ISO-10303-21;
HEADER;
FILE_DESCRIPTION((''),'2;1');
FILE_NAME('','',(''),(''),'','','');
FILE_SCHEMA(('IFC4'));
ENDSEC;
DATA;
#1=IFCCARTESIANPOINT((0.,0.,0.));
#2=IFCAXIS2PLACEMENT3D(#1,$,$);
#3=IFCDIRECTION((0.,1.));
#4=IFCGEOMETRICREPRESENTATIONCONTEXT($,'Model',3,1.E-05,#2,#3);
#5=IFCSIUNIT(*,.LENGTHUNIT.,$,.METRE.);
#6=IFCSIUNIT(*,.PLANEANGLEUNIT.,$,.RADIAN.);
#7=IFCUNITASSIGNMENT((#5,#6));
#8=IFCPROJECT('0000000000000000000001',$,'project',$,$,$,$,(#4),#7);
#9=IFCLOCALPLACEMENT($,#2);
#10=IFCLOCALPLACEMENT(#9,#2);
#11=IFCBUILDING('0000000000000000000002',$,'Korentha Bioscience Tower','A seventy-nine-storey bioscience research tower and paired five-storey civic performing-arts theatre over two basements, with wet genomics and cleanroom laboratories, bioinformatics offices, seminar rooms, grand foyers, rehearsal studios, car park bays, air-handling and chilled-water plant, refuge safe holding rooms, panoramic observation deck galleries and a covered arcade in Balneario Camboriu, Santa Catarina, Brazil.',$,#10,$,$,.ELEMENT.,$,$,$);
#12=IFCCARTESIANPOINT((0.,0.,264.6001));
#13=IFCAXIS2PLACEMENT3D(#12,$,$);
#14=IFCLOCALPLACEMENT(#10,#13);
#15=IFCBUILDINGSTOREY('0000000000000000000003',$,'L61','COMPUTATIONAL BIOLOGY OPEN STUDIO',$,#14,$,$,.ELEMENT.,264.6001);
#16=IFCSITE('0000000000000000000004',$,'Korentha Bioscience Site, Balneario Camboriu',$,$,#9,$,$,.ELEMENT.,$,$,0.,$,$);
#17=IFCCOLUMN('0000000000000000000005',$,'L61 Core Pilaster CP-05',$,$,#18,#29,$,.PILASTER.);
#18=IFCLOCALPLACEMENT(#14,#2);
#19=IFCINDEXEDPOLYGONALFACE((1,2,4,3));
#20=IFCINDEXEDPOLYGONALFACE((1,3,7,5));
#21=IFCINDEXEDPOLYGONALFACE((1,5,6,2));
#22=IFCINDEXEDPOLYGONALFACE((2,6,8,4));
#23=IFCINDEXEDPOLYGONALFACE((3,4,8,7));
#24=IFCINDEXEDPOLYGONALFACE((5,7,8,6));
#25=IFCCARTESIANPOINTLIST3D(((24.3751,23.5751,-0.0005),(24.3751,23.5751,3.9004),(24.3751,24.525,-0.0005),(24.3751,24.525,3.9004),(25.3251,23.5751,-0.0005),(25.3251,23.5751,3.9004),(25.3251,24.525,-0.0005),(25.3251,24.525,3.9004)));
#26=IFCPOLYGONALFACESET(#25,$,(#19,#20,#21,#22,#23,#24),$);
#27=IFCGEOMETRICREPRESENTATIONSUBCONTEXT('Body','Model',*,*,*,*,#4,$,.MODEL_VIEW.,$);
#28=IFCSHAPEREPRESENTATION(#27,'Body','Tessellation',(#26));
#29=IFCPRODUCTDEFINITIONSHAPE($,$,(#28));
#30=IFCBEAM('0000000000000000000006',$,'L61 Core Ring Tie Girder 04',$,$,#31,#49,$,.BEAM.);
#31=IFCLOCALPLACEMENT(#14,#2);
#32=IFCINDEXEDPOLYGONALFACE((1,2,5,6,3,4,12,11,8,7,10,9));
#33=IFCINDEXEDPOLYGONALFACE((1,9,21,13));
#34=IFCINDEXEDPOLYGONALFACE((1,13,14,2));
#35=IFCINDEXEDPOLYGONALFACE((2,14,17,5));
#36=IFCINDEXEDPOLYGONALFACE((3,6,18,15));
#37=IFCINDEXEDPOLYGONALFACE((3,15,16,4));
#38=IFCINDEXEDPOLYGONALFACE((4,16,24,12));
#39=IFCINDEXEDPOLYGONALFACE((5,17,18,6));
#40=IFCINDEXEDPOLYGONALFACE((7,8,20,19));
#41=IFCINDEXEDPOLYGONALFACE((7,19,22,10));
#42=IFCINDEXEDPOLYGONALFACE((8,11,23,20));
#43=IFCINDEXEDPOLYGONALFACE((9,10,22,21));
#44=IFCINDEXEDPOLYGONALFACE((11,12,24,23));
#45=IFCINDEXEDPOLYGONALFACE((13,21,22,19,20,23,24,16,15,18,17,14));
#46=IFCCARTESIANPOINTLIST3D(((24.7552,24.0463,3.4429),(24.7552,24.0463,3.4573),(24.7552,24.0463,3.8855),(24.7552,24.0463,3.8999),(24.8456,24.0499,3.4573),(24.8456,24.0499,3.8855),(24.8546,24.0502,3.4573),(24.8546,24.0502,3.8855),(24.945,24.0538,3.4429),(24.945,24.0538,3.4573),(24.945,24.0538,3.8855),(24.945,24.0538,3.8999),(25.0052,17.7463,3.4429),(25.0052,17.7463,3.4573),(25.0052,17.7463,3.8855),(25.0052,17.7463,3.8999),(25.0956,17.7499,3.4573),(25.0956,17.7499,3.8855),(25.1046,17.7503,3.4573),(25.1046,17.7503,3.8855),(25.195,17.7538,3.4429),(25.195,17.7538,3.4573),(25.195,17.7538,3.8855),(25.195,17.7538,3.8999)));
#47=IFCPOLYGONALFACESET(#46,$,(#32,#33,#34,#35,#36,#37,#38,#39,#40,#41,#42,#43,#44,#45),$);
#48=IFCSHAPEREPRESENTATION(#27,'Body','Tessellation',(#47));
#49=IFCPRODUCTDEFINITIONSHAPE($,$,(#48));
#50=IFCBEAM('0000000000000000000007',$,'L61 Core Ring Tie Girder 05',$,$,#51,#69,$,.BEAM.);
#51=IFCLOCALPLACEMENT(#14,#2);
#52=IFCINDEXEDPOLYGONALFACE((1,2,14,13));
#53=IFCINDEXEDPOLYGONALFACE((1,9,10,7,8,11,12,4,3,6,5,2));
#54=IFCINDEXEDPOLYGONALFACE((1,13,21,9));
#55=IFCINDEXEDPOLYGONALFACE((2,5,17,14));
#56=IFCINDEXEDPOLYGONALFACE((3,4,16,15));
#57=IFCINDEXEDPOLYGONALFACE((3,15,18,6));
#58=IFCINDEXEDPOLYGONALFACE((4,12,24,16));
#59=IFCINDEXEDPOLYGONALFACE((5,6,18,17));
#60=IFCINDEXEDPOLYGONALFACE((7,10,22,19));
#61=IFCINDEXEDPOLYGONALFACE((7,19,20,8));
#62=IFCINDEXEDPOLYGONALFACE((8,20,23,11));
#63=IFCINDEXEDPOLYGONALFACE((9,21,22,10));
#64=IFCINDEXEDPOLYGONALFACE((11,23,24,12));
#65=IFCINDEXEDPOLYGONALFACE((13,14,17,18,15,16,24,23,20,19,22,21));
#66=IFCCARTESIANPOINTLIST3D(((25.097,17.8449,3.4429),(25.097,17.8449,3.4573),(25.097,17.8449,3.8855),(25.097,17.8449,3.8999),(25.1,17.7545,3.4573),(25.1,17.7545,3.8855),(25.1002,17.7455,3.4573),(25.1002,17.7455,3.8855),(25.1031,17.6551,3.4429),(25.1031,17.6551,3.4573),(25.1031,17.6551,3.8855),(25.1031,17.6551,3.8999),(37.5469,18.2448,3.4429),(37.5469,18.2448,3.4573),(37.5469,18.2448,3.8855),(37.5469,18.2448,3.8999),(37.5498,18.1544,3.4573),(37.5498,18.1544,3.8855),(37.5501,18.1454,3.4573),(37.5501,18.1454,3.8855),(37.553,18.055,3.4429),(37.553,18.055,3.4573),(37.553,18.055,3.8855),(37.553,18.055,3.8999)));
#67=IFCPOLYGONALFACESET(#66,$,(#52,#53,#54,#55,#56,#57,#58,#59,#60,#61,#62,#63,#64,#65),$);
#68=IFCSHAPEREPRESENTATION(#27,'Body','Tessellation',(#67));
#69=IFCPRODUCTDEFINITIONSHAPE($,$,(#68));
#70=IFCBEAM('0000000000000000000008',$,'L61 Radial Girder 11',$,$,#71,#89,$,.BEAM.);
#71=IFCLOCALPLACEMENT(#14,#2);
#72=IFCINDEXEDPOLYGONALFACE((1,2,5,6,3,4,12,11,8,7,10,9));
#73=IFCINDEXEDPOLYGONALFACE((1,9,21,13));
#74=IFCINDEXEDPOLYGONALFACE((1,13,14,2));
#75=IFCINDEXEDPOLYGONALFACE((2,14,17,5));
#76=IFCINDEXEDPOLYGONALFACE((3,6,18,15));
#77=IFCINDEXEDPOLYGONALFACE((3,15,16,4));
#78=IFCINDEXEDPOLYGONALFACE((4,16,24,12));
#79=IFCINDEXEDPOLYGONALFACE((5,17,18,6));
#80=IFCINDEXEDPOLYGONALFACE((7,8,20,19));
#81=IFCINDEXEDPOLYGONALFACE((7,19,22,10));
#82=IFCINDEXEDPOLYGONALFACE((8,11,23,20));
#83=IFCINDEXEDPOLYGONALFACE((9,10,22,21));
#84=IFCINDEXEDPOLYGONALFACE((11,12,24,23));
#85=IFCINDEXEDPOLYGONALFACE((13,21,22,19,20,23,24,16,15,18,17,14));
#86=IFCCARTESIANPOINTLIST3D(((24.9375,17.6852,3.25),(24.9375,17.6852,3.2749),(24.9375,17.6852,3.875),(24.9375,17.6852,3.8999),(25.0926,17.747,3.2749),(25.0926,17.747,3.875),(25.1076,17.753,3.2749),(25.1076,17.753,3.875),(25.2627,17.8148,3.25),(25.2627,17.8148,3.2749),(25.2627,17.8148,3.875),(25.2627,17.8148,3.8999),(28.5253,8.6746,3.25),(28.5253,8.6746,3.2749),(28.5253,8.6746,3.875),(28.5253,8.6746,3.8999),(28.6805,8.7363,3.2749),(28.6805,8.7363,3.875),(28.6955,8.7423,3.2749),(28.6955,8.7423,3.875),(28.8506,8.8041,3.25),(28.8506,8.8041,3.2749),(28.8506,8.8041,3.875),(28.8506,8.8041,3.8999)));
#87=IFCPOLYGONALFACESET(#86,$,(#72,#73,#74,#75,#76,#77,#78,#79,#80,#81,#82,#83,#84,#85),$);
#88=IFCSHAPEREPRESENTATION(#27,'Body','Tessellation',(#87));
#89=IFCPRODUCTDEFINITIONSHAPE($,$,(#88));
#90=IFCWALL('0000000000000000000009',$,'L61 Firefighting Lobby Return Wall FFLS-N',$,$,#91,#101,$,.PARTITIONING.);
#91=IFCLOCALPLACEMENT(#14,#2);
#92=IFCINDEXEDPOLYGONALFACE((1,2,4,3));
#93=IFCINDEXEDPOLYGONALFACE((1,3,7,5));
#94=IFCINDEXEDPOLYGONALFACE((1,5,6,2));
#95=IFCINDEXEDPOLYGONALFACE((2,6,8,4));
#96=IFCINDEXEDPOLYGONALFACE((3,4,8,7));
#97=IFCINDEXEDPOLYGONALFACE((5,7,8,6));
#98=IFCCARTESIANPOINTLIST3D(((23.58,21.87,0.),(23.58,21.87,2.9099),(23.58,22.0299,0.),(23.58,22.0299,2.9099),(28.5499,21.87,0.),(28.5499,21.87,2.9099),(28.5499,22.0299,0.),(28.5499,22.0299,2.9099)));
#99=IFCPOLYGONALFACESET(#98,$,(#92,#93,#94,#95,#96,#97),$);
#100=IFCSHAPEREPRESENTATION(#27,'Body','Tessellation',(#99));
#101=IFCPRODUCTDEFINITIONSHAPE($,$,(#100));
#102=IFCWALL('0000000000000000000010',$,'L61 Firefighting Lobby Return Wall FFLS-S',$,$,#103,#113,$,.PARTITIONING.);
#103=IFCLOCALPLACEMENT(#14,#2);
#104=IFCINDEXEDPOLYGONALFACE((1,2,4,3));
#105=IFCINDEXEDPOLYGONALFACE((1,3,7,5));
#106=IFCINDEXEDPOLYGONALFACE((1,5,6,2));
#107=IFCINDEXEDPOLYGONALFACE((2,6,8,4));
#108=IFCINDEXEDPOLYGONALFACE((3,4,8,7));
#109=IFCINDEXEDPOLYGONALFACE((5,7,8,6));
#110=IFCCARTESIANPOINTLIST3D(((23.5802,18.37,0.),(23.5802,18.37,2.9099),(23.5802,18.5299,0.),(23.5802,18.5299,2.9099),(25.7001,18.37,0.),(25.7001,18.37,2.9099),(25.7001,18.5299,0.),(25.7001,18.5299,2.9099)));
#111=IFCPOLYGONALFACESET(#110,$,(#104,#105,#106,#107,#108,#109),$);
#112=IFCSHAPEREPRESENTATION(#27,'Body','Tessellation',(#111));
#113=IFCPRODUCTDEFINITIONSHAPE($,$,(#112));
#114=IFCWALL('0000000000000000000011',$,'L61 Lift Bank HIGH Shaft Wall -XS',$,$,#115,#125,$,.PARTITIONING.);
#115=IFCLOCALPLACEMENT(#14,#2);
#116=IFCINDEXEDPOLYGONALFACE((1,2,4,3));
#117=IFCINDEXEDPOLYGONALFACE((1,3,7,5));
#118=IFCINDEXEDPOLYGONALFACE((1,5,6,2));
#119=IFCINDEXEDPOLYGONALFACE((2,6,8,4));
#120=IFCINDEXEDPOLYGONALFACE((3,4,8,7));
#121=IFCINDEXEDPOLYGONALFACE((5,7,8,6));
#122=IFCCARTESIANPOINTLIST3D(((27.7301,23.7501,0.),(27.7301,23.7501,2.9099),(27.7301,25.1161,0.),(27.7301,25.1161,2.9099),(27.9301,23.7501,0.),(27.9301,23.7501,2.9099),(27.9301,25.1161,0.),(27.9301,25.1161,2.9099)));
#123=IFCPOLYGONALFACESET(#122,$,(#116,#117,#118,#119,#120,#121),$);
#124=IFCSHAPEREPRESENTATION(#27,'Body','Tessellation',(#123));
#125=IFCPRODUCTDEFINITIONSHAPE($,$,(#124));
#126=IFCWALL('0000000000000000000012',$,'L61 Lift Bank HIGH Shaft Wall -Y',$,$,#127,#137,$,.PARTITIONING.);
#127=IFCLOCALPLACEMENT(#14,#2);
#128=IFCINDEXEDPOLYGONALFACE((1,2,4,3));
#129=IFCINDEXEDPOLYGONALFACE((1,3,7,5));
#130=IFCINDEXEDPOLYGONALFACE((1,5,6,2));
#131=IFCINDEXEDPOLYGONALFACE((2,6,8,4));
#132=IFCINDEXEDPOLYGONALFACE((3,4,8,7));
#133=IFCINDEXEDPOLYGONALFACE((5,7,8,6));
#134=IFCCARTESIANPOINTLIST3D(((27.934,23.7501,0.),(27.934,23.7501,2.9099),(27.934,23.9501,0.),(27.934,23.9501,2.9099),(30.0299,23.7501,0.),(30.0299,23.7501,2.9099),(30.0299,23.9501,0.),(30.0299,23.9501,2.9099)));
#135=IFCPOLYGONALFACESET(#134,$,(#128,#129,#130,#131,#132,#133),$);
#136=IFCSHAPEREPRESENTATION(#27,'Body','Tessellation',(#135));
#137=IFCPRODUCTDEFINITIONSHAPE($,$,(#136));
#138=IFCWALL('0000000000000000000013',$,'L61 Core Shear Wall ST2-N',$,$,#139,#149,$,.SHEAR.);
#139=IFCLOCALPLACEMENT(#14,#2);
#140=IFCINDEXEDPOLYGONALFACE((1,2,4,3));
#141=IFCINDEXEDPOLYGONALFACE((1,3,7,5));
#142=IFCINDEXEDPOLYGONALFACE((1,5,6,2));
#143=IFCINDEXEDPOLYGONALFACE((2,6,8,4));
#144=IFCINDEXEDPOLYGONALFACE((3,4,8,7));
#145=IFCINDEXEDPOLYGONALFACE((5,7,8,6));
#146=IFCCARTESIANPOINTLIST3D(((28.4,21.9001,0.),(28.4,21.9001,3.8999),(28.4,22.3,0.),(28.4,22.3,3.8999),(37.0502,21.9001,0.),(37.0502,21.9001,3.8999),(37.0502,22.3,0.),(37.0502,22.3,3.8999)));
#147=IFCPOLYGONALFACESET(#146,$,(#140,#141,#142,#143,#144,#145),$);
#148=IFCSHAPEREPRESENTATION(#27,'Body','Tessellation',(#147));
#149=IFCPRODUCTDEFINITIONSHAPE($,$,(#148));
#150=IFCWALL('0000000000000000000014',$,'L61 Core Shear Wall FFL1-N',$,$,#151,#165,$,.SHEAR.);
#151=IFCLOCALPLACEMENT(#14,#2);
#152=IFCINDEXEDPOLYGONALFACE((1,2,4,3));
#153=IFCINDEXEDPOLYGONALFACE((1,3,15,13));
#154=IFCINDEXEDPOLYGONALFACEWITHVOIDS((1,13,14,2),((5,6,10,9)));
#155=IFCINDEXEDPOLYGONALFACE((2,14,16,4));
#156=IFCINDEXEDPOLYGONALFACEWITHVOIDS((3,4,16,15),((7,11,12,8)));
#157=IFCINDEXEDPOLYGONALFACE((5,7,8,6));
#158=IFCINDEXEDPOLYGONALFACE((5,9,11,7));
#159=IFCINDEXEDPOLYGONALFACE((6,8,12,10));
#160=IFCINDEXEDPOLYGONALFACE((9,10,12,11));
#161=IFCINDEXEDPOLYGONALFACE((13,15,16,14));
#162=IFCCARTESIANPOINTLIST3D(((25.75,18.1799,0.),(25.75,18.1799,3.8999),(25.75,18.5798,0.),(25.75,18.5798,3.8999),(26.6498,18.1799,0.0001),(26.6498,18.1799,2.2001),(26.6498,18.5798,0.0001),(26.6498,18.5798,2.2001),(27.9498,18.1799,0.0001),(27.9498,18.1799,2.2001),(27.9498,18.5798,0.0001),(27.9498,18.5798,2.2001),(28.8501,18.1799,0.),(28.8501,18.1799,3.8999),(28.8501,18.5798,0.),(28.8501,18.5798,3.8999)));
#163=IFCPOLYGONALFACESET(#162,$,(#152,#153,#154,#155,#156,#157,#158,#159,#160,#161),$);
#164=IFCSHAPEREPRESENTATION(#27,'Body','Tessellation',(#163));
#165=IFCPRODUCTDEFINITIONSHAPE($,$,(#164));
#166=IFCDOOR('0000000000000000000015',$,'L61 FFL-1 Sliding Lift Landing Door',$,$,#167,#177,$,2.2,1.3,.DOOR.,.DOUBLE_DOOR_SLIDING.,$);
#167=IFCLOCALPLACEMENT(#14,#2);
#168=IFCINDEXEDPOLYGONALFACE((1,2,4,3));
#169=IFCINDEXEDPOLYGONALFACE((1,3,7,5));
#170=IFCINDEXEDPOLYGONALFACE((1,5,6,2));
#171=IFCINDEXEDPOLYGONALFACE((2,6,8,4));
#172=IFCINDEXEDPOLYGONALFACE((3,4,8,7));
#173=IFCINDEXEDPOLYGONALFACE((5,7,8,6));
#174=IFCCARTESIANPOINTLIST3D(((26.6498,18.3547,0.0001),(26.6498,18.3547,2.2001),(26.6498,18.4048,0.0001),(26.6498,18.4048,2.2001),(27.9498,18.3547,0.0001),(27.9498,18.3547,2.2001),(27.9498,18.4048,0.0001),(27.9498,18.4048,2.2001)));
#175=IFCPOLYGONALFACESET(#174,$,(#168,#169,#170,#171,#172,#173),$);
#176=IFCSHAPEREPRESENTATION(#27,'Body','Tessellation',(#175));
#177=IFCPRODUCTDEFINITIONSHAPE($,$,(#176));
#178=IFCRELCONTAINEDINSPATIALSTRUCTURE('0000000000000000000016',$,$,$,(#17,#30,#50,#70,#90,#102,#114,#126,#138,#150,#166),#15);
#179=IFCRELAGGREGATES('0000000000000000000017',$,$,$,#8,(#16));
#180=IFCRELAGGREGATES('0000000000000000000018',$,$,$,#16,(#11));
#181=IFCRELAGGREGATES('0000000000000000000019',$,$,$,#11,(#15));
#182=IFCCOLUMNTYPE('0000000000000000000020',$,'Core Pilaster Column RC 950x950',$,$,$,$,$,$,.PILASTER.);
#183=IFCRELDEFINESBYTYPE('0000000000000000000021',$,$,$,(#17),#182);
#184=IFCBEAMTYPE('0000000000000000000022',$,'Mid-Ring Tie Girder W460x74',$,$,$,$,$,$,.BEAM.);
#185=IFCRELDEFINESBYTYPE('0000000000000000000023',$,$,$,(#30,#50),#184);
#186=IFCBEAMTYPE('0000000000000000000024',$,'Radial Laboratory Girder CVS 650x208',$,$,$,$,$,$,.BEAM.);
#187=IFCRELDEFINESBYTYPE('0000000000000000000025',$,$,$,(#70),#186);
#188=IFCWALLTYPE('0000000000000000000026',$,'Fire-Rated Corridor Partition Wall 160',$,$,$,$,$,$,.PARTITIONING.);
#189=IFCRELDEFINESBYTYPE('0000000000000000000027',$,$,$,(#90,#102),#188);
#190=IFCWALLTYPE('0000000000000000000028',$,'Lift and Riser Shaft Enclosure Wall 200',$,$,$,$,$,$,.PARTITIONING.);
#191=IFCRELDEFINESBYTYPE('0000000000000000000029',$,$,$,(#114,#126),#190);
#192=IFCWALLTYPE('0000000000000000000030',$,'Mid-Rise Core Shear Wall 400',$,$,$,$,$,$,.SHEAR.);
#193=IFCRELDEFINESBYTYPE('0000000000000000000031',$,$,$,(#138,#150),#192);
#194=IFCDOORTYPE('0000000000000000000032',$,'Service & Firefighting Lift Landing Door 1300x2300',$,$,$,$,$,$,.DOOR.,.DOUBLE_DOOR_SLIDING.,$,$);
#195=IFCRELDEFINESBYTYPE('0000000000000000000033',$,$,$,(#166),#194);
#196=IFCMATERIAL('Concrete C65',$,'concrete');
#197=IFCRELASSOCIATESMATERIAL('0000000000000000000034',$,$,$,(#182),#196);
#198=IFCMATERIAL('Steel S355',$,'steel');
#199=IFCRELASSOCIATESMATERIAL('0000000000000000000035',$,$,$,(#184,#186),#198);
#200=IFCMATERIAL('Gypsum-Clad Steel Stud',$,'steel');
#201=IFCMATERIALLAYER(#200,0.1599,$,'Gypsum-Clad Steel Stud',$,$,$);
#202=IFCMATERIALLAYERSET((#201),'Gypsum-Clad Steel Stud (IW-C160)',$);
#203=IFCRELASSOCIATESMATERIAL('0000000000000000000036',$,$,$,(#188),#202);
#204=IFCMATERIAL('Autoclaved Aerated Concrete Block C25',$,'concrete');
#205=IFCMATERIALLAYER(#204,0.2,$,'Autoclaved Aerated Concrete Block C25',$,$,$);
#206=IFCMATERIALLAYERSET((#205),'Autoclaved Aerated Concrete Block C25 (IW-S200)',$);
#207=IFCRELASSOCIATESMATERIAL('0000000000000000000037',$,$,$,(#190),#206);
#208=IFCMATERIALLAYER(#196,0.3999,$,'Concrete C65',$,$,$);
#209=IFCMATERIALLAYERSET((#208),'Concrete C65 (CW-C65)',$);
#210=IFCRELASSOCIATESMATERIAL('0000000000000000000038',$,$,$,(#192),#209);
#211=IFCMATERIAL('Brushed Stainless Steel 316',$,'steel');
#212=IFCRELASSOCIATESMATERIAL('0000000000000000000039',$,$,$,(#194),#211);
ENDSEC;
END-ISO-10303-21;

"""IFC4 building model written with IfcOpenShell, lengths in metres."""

from ifc_helpers import new_model, si_unit, direction, frame, frame_2d, origin, origin_2d, place, context, subcontext, project, spatial, rectangle, i_section, extrude, material, layer, layer_set, material_profile, profile_set, type_object, element, fill, save


model = new_model("IFC4")

# Units and contexts
model_context = context("Model", 3, precision=1e-05, world=origin(), true_north=direction((0.0, 1.0)))
body_context = subcontext(model_context, "Body", "Model", "MODEL_VIEW")
ifc_project = project(units=[si_unit("LENGTHUNIT", "METRE"), si_unit("PLANEANGLEUNIT", "RADIAN")], contexts=[model_context])

# Site, building, storey
site_placement = place(None, origin())
site = spatial("IfcSite", under=ifc_project, at=site_placement, Name="Korentha Bioscience Site, Balneario Camboriu", CompositionType="ELEMENT", RefElevation=0.0)
building_placement = place(site_placement, origin())
building = spatial("IfcBuilding", under=site, at=building_placement, Name="Korentha Bioscience Tower", Description="A seventy-nine-storey bioscience research tower and paired five-storey civic performing-arts theatre over two basements, with wet genomics and cleanroom laboratories, bioinformatics offices, seminar rooms, grand foyers, rehearsal studios, car park bays, air-handling and chilled-water plant, refuge safe holding rooms, panoramic observation deck galleries and a covered arcade in Balneario Camboriu, Santa Catarina, Brazil.", CompositionType="ELEMENT")
storey_placement = place(building_placement, frame((0.0, 0.0, 264.6001)))
storey = spatial("IfcBuildingStorey", under=building, at=storey_placement, Name="L61", Description="COMPUTATIONAL BIOLOGY OPEN STUDIO", CompositionType="ELEMENT", Elevation=264.6001)

# Column
ifc_material_1 = material(Name="Concrete C65", Category="concrete")
ifc_material_profile_1 = material_profile(ifc_material_1, rectangle(XDim=0.95, YDim=0.95, at=origin_2d()), Name="Concrete C65")
ifc_profile_set_1 = profile_set([ifc_material_profile_1], Name="Concrete C65 (COL-CP09)")
column_type = type_object("IfcColumnType", Name="Core Pilaster Column RC 950x950", PredefinedType="PILASTER", material=ifc_profile_set_1)
column_placement = place(storey_placement, frame((24.8501, 24.05, -0.0005), z_axis=(0.0, 0.0, 1.0), x_axis=(1.0, 0.0, 0.0)))
element("IfcColumn", 1, at=column_placement, inside=storey, type_object=column_type, Name="L61 Core Pilaster CP-05", PredefinedType="PILASTER", context=body_context, shape_type="SweptSolid", body=[
    extrude(rectangle(XDim=0.95, YDim=0.95, at=origin_2d()), origin(), (0.0, 0.0, 1.0), 3.9009),
])

# Beams
ifc_material_2 = material(Name="Steel S355", Category="steel")
ifc_material_profile_2 = material_profile(ifc_material_2, i_section(OverallWidth=0.1899, OverallDepth=0.457, WebThickness=0.009, FlangeThickness=0.0144, at=origin_2d()), Name="Steel S355")
ifc_profile_set_2 = profile_set([ifc_material_profile_2], Name="Steel S355 (MB-460)")
beam_type_1 = type_object("IfcBeamType", Name="Mid-Ring Tie Girder W460x74", PredefinedType="BEAM", material=ifc_profile_set_2)
beam_1_placement = place(storey_placement, frame((24.8501, 24.05, 3.6714), z_axis=(0.039651, -0.999214, 0.0), x_axis=(0.999214, 0.039651, 0.0)))
element("IfcBeam", 2, at=beam_1_placement, inside=storey, type_object=beam_type_1, Name="L61 Core Ring Tie Girder 04", PredefinedType="BEAM", context=body_context, shape_type="SweptSolid", body=[
    extrude(i_section(OverallWidth=0.1899, OverallDepth=0.457, WebThickness=0.009, FlangeThickness=0.0144, at=origin_2d()), origin(), (0.0, 0.0, 1.0), 6.3049),
])
beam_2_placement = place(storey_placement, frame((25.1001, 17.75, 3.6714), z_axis=(0.999485, 0.032104, 0.0), x_axis=(-0.032104, 0.999485, 0.0)))
element("IfcBeam", 3, at=beam_2_placement, inside=storey, type_object=beam_type_1, Name="L61 Core Ring Tie Girder 05", PredefinedType="BEAM", context=body_context, shape_type="SweptSolid", body=[
    extrude(i_section(OverallWidth=0.1899, OverallDepth=0.457, WebThickness=0.009, FlangeThickness=0.0144, at=origin_2d()), origin(), (0.0, 0.0, 1.0), 12.4563),
])
ifc_material_profile_3 = material_profile(ifc_material_2, i_section(OverallWidth=0.3501, OverallDepth=0.6499, WebThickness=0.0161, FlangeThickness=0.0249, at=origin_2d()), Name="Steel S355")
ifc_profile_set_3 = profile_set([ifc_material_profile_3], Name="Steel S355 (RB-650)")
beam_type_2 = type_object("IfcBeamType", Name="Radial Laboratory Girder CVS 650x208", PredefinedType="BEAM", material=ifc_profile_set_3)
beam_3_placement = place(storey_placement, frame((25.1001, 17.75, 3.575), z_axis=(0.369932, -0.929059, 0.0), x_axis=(0.929059, 0.369932, 0.0)))
element("IfcBeam", 4, at=beam_3_placement, inside=storey, type_object=beam_type_2, Name="L61 Radial Girder 11", PredefinedType="BEAM", context=body_context, shape_type="SweptSolid", body=[
    extrude(i_section(OverallWidth=0.3501, OverallDepth=0.6499, WebThickness=0.0161, FlangeThickness=0.0249, at=origin_2d()), origin(), (0.0, 0.0, 1.0), 9.6987),
])

# Walls
ifc_material_3 = material(Name="Gypsum-Clad Steel Stud", Category="steel")
ifc_layer_1 = layer(ifc_material_3, 0.1599, Name="Gypsum-Clad Steel Stud")
ifc_layer_set_1 = layer_set([ifc_layer_1], Name="Gypsum-Clad Steel Stud (IW-C160)")
wall_type_1 = type_object("IfcWallType", Name="Fire-Rated Corridor Partition Wall 160", PredefinedType="PARTITIONING", material=ifc_layer_set_1)
wall_1_placement = place(storey_placement, frame((23.5801, 21.95, 0.0), z_axis=(0.0, 0.0, 1.0), x_axis=(1.0, 0.0, 0.0)))
element("IfcWall", 5, at=wall_1_placement, inside=storey, type_object=wall_type_1, Name="L61 Firefighting Lobby Return Wall FFLS-N", PredefinedType="PARTITIONING", context=body_context, shape_type="SweptSolid", body=[
    extrude(rectangle(XDim=4.97, YDim=0.1599, at=frame_2d((2.4849, 0.0))), origin(), (0.0, 0.0, 1.0), 2.9099),
])
wall_2_placement = place(storey_placement, frame((23.5801, 18.45, 0.0), z_axis=(0.0, 0.0, 1.0), x_axis=(1.0, 0.0, 0.0)))
element("IfcWall", 6, at=wall_2_placement, inside=storey, type_object=wall_type_1, Name="L61 Firefighting Lobby Return Wall FFLS-S", PredefinedType="PARTITIONING", context=body_context, shape_type="SweptSolid", body=[
    extrude(rectangle(XDim=2.1199, YDim=0.1599, at=frame_2d((1.0601, 0.0))), origin(), (0.0, 0.0, 1.0), 2.9099),
])
ifc_material_4 = material(Name="Autoclaved Aerated Concrete Block C25", Category="concrete")
ifc_layer_2 = layer(ifc_material_4, 0.2, Name="Autoclaved Aerated Concrete Block C25")
ifc_layer_set_2 = layer_set([ifc_layer_2], Name="Autoclaved Aerated Concrete Block C25 (IW-S200)")
wall_type_2 = type_object("IfcWallType", Name="Lift and Riser Shaft Enclosure Wall 200", PredefinedType="PARTITIONING", material=ifc_layer_set_2)
wall_3_placement = place(storey_placement, frame((27.8301, 23.75, 0.0), z_axis=(0.0, 0.0, 1.0), x_axis=(0.0, 1.0, 0.0)))
element("IfcWall", 7, at=wall_3_placement, inside=storey, type_object=wall_type_2, Name="L61 Lift Bank HIGH Shaft Wall -XS", PredefinedType="PARTITIONING", context=body_context, shape_type="SweptSolid", body=[
    extrude(rectangle(XDim=1.366, YDim=0.2, at=frame_2d((0.6831, 0.0))), origin(), (0.0, 0.0, 1.0), 2.9099),
])
wall_4_placement = place(storey_placement, frame((27.9341, 23.8501, 0.0), z_axis=(0.0, 0.0, 1.0), x_axis=(1.0, 0.0, 0.0)))
element("IfcWall", 8, at=wall_4_placement, inside=storey, type_object=wall_type_2, Name="L61 Lift Bank HIGH Shaft Wall -Y", PredefinedType="PARTITIONING", context=body_context, shape_type="SweptSolid", body=[
    extrude(rectangle(XDim=2.0959, YDim=0.2, at=frame_2d((1.0479, 0.0))), origin(), (0.0, 0.0, 1.0), 2.9099),
])
ifc_layer_3 = layer(ifc_material_1, 0.3999, Name="Concrete C65")
ifc_layer_set_3 = layer_set([ifc_layer_3], Name="Concrete C65 (CW-C65)")
wall_type_3 = type_object("IfcWallType", Name="Mid-Rise Core Shear Wall 400", PredefinedType="SHEAR", material=ifc_layer_set_3)
wall_5_placement = place(storey_placement, frame((28.3999, 22.1001, 0.0), z_axis=(0.0, 0.0, 1.0), x_axis=(1.0, 0.0, 0.0)))
element("IfcWall", 9, at=wall_5_placement, inside=storey, type_object=wall_type_3, Name="L61 Core Shear Wall ST2-N", PredefinedType="SHEAR", context=body_context, shape_type="SweptSolid", body=[
    extrude(rectangle(XDim=8.6501, YDim=0.3999, at=frame_2d((4.3252, 0.0))), origin(), (0.0, 0.0, 1.0), 3.8999),
])

# Wall, opening, door
wall_6_placement = place(storey_placement, frame((25.75, 18.3799, 0.0), z_axis=(0.0, 0.0, 1.0), x_axis=(1.0, 0.0, 0.0)))
wall_6 = element("IfcWall", 10, at=wall_6_placement, inside=storey, type_object=wall_type_3, Name="L61 Core Shear Wall FFL1-N", PredefinedType="SHEAR", context=body_context, shape_type="SweptSolid", body=[
    extrude(rectangle(XDim=3.1001, YDim=0.3999, at=frame_2d((1.55, 0.0))), origin(), (0.0, 0.0, 1.0), 3.8999),
])
opening_1_placement = place(wall_6_placement, frame((0.8999, 0.0, 0.0)))
opening_1 = element("IfcOpeningElement", 11, at=opening_1_placement, cuts=wall_6, PredefinedType="OPENING", context=body_context, shape_type="SweptSolid", body=[
    extrude(rectangle(XDim=1.3, YDim=2.2, at=frame_2d((0.6499, 1.1001))), frame((0.0, 0.2148, 0.0), z_axis=(0.0, -1.0, 0.0), x_axis=(1.0, 0.0, 0.0)), (0.0, 0.0, 1.0), 0.4297),
])
ifc_material_5 = material(Name="Brushed Stainless Steel 316", Category="steel")
door_type_1 = type_object("IfcDoorType", Name="Service & Firefighting Lift Landing Door 1300x2300", OperationType="DOUBLE_DOOR_SLIDING", PredefinedType="DOOR", material=ifc_material_5)
door_1_placement = place(opening_1_placement, origin())
door_1 = element("IfcDoor", 12, at=door_1_placement, inside=storey, type_object=door_type_1, Name="L61 FFL-1 Sliding Lift Landing Door", OperationType="DOUBLE_DOOR_SLIDING", OverallHeight=2.2, OverallWidth=1.3, PredefinedType="DOOR", context=body_context, shape_type="SweptSolid", body=[
    extrude(rectangle(XDim=1.3, YDim=2.2, at=frame_2d((0.6499, 1.1001))), frame((0.0, 0.0249, 0.0), z_axis=(0.0, -1.0, 0.0), x_axis=(1.0, 0.0, 0.0)), (0.0, 0.0, 1.0), 0.05),
])
fill(opening_1, door_1)

save(model, "model.ifc")
